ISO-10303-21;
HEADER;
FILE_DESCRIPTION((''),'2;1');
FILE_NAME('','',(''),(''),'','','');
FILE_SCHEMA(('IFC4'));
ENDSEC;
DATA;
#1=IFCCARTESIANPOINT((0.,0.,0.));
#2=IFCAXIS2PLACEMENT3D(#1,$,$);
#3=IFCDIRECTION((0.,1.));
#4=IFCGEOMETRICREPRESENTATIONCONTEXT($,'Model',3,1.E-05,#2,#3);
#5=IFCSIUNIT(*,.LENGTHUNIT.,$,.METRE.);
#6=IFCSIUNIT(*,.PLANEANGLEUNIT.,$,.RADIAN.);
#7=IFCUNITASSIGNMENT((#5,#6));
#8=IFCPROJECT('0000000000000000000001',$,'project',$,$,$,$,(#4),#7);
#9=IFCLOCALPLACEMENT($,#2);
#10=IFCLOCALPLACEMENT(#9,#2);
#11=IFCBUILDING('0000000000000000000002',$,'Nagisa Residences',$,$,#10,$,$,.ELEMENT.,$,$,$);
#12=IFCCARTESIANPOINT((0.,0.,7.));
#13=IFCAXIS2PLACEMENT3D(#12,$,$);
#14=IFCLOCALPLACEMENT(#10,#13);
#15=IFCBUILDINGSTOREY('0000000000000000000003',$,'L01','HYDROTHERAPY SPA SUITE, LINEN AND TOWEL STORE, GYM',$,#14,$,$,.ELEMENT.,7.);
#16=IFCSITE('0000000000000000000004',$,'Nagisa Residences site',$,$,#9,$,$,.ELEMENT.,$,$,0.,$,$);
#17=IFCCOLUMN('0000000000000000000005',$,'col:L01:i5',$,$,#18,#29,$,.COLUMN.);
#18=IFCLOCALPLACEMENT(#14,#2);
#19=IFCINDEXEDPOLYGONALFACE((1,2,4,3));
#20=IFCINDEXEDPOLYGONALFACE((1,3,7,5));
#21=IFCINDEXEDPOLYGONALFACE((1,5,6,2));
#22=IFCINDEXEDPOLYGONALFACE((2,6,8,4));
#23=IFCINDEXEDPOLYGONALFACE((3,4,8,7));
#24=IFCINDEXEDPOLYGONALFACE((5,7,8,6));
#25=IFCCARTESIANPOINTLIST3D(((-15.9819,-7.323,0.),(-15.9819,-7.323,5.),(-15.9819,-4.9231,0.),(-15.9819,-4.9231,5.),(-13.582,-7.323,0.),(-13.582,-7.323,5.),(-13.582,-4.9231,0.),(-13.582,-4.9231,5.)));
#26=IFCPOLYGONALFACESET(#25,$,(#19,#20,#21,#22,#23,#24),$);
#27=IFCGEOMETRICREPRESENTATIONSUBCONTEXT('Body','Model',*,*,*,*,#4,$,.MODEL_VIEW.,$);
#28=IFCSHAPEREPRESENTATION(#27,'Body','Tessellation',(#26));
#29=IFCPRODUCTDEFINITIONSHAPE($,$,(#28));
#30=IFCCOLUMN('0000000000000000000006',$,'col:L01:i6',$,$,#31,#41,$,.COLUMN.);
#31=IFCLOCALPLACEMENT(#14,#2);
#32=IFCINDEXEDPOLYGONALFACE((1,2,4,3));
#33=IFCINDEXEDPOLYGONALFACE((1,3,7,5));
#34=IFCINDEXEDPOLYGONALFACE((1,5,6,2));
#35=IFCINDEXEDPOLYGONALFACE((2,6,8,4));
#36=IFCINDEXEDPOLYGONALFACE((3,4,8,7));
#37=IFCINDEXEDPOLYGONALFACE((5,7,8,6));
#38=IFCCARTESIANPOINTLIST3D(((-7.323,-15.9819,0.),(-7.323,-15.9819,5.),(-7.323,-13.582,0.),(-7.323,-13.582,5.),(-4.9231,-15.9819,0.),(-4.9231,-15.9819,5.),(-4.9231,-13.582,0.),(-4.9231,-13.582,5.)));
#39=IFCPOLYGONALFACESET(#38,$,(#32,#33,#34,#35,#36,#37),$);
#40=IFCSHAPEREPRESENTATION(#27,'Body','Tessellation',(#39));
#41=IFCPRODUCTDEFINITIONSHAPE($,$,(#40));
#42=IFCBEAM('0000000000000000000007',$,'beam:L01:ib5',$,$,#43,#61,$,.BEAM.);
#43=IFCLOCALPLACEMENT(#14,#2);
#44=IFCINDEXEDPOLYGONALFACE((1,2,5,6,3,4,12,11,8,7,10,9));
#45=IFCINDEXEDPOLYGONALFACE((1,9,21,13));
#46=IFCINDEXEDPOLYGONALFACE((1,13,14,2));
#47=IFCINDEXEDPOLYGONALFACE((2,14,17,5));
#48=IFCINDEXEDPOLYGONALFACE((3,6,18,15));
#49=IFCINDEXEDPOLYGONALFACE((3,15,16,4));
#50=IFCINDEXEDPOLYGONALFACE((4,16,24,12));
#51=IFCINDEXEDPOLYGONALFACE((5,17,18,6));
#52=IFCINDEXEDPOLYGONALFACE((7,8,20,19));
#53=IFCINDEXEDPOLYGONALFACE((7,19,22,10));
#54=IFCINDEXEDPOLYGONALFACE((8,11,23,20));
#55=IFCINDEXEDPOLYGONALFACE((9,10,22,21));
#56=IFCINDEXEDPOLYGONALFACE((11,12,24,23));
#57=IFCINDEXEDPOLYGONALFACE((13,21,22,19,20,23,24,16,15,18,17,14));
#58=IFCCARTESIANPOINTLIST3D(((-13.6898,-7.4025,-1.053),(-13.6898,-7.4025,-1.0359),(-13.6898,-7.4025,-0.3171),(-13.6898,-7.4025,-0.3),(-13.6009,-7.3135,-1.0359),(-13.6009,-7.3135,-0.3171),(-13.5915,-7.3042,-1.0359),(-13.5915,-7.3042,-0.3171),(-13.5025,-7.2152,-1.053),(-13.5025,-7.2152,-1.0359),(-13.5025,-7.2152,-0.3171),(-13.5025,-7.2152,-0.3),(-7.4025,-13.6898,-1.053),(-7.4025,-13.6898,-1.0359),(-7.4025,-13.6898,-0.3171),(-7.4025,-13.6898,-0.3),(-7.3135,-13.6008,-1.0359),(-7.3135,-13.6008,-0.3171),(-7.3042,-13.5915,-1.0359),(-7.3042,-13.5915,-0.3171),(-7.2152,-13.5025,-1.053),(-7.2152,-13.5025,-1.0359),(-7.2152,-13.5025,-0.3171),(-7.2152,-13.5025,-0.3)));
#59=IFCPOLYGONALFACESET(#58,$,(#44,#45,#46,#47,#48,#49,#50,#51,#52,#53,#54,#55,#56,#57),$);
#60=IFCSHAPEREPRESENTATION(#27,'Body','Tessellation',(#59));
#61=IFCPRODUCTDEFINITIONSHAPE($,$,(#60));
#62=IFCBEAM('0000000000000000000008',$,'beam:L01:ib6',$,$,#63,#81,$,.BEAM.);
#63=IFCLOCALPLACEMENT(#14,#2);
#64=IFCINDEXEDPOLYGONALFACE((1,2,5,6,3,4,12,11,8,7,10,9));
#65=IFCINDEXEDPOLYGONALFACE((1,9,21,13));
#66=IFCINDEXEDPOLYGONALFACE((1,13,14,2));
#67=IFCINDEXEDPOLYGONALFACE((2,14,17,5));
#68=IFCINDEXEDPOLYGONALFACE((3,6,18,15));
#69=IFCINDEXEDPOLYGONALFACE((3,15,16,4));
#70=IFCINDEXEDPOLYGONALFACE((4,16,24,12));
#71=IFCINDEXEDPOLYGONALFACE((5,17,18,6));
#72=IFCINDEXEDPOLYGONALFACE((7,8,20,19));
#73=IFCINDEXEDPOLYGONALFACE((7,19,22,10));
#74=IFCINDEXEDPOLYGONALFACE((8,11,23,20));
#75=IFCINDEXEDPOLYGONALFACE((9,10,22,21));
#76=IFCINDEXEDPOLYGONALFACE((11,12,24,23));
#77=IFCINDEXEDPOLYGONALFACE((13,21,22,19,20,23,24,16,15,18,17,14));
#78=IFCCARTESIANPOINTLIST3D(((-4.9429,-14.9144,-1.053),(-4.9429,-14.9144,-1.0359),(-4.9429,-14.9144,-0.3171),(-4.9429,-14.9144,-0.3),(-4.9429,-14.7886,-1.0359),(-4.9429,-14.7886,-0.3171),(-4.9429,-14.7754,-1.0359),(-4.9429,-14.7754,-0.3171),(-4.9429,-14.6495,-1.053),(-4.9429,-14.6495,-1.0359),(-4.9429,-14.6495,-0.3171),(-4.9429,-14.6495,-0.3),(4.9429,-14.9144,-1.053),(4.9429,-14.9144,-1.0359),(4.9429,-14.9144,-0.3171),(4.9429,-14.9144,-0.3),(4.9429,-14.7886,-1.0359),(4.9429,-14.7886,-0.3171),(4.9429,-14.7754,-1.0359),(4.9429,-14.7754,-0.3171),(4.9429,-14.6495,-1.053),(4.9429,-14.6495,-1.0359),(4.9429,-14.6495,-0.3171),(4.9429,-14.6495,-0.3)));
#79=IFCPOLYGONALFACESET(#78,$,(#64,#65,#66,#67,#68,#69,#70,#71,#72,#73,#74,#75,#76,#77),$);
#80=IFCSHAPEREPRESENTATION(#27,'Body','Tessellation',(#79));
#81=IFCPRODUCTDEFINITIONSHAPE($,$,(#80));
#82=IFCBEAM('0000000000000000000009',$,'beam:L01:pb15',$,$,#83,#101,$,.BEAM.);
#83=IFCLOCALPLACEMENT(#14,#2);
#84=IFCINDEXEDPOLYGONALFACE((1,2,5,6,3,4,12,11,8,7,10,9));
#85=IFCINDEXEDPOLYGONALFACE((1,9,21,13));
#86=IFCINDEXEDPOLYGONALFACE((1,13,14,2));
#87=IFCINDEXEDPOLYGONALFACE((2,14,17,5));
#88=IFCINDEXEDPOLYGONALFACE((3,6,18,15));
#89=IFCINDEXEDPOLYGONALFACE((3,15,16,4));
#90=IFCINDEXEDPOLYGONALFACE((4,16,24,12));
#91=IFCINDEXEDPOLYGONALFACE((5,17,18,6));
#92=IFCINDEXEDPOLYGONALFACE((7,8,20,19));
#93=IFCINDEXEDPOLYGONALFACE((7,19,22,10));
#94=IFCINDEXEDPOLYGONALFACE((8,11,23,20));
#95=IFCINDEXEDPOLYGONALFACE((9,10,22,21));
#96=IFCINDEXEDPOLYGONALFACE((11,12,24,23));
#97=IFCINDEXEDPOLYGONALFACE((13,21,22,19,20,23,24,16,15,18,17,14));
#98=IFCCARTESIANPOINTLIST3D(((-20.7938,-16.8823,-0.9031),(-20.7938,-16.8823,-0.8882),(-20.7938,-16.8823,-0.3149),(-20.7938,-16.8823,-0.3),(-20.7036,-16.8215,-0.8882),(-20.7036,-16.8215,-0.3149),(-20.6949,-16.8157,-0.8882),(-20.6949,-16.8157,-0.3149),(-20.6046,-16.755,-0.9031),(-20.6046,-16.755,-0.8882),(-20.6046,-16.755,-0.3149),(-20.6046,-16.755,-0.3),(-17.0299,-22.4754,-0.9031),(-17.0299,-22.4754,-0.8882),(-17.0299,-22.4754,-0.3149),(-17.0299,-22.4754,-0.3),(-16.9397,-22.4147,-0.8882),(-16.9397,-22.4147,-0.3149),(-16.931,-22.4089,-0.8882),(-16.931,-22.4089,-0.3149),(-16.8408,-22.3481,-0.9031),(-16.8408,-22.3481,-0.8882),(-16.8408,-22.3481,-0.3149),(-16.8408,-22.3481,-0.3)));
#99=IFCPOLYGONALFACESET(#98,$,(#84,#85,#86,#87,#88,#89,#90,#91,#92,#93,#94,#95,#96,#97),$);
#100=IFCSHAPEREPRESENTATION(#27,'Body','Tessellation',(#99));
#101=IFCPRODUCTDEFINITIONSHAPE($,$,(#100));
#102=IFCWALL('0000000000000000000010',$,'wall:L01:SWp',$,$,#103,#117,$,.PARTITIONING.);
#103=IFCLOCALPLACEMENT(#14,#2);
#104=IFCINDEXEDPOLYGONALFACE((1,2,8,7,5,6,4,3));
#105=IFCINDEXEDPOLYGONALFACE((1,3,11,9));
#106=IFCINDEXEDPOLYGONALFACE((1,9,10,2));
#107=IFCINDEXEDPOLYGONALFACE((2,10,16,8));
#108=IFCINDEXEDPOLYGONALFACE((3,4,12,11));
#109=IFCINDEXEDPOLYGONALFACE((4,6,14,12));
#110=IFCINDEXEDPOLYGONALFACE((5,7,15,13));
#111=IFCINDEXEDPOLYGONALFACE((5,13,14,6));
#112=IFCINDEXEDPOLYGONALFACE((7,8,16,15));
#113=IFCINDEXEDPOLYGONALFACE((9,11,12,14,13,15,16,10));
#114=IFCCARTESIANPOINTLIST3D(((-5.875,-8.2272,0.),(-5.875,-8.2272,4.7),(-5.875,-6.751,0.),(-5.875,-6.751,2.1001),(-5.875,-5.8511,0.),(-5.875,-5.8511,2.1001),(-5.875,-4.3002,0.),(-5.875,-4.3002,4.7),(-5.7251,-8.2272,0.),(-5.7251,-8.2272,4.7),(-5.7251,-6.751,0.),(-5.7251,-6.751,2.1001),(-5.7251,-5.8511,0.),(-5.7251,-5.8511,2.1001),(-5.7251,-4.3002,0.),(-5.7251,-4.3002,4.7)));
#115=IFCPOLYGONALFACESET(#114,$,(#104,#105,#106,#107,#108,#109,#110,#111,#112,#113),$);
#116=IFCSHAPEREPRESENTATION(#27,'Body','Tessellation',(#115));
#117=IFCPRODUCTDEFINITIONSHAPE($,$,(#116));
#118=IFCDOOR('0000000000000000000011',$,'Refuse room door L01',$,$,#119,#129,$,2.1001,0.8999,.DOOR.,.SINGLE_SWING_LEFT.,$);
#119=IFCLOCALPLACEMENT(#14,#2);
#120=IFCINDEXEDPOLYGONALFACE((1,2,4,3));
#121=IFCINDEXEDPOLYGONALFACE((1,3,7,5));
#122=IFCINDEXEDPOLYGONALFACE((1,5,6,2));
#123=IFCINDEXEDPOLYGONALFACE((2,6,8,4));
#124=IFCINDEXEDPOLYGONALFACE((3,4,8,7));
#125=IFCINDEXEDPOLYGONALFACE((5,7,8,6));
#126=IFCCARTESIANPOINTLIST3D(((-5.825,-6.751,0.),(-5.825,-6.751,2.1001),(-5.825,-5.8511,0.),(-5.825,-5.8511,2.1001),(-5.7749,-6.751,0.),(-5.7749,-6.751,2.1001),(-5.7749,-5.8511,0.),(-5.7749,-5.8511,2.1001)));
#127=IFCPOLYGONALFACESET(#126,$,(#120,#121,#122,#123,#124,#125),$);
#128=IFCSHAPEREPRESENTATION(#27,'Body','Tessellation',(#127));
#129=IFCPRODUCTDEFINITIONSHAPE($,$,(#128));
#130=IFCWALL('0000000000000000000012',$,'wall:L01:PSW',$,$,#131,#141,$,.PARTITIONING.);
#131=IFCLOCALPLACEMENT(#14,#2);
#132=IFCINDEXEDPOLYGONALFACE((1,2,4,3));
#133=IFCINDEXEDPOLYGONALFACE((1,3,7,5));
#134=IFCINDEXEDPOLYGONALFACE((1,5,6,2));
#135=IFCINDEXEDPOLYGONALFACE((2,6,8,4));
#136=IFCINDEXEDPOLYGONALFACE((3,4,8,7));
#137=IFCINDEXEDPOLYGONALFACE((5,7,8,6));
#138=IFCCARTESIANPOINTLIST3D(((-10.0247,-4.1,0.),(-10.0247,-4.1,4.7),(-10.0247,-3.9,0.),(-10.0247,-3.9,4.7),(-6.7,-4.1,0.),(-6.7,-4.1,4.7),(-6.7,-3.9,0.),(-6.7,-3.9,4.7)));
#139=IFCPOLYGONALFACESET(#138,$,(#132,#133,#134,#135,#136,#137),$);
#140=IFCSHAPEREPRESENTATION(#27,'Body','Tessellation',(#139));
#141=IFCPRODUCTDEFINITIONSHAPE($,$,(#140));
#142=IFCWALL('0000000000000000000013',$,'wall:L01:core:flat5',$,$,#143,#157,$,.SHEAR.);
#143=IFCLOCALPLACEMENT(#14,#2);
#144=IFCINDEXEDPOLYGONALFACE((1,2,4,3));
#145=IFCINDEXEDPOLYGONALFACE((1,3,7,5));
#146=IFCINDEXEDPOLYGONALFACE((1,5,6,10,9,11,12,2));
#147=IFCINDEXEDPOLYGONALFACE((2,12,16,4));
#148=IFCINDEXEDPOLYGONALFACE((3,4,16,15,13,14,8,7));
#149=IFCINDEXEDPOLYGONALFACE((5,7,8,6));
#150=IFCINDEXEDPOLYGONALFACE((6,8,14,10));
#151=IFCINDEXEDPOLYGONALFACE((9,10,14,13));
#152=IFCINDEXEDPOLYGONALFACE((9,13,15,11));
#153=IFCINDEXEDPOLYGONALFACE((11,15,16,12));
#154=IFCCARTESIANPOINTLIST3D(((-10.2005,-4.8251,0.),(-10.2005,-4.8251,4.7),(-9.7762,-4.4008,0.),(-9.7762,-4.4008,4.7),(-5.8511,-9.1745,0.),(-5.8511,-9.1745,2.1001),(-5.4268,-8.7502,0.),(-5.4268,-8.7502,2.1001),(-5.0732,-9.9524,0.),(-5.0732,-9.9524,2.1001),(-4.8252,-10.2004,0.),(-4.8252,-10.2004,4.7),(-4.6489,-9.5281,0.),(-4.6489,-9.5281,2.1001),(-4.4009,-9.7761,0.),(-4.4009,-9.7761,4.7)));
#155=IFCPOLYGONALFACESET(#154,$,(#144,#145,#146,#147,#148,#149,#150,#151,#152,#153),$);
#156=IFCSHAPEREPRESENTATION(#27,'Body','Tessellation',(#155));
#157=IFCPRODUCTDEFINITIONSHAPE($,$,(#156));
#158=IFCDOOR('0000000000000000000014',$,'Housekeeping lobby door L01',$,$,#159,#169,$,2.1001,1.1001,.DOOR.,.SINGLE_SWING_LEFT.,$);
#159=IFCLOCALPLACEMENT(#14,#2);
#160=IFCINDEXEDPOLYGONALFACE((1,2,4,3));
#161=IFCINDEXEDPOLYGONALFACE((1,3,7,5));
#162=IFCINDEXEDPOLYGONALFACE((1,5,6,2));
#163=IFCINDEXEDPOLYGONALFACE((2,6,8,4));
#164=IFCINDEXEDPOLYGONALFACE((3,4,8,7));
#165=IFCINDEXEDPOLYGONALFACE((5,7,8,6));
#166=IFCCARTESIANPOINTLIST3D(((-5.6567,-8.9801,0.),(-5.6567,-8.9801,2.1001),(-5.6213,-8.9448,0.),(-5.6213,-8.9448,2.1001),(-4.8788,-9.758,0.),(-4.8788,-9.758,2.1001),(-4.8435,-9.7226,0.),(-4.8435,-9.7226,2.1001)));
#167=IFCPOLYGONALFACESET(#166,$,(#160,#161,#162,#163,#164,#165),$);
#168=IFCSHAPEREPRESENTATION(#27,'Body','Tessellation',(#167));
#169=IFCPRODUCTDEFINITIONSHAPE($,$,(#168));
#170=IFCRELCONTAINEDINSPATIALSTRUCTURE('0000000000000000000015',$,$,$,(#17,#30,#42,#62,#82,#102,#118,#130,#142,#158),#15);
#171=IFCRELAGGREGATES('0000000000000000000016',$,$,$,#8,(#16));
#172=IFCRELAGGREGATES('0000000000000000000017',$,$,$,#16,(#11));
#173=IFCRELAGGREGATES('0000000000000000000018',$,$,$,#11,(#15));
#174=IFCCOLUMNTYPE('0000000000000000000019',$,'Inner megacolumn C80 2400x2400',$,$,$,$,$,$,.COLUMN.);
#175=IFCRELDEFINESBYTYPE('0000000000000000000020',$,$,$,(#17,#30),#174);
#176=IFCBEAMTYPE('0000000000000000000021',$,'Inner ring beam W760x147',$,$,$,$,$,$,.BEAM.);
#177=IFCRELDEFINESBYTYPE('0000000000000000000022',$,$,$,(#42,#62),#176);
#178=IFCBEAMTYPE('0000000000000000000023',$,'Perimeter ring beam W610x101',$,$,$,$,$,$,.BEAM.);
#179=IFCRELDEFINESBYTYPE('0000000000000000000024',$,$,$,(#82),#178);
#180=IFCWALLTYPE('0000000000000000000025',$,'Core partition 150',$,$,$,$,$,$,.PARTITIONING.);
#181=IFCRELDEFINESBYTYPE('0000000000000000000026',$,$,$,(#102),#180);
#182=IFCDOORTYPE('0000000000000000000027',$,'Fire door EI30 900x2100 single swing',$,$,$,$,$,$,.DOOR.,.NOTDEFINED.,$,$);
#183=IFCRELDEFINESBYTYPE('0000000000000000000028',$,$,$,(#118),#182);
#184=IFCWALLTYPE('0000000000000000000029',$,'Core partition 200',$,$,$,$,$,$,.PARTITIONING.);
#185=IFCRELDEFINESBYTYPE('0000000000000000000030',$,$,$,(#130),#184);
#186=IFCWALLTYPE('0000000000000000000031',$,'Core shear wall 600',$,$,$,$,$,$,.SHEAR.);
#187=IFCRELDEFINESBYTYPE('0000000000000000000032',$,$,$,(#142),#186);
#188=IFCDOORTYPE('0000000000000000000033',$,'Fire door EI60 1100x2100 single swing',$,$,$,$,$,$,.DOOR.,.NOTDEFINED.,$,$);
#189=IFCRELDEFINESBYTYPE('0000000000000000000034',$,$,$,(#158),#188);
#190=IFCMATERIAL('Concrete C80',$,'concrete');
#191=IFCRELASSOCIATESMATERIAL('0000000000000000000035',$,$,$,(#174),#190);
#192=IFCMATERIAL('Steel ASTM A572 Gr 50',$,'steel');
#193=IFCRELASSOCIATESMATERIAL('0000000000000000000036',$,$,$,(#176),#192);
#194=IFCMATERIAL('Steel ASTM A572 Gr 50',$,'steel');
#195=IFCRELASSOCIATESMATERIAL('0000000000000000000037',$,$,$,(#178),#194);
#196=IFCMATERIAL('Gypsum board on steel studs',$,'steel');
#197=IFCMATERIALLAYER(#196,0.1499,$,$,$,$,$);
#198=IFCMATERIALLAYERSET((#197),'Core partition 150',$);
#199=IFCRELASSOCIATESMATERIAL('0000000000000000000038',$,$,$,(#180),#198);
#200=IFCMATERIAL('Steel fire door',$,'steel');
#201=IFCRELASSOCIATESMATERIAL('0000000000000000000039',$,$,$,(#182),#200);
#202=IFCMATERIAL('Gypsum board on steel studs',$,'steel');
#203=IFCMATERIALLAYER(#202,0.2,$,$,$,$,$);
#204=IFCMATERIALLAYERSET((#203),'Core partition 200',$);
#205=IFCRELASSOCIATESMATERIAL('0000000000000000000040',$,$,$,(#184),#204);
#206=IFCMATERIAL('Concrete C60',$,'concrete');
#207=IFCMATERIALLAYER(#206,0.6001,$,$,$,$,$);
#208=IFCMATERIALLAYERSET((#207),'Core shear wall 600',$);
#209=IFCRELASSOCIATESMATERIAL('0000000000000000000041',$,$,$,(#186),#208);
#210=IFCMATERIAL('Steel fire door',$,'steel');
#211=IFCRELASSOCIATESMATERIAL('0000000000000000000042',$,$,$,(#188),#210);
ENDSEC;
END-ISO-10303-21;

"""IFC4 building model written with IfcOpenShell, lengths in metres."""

from ifc_helpers import new_model, si_unit, direction, frame, frame_2d, origin, origin_2d, place, context, subcontext, project, spatial, rectangle, i_section, extrude, material, layer, layer_set, material_profile, profile_set, type_object, element, fill, save


model = new_model("IFC4")

# Units and contexts
model_context = context("Model", 3, precision=1e-05, world=origin(), true_north=direction((0.0, 1.0)))
body_context = subcontext(model_context, "Body", "Model", "MODEL_VIEW")
ifc_project = project(units=[si_unit("LENGTHUNIT", "METRE"), si_unit("PLANEANGLEUNIT", "RADIAN")], contexts=[model_context])

# Site, building, storey
site_placement = place(None, origin())
site = spatial("IfcSite", under=ifc_project, at=site_placement, Name="Nagisa Residences site", CompositionType="ELEMENT", RefElevation=0.0)
building_placement = place(site_placement, origin())
building = spatial("IfcBuilding", under=site, at=building_placement, Name="Nagisa Residences", CompositionType="ELEMENT")
storey_placement = place(building_placement, frame((0.0, 0.0, 7.0)))
storey = spatial("IfcBuildingStorey", under=building, at=storey_placement, Name="L01", Description="HYDROTHERAPY SPA SUITE, LINEN AND TOWEL STORE, GYM", CompositionType="ELEMENT", Elevation=7.0)

# Columns
ifc_material_1 = material(Name="Concrete C80", Category="concrete")
ifc_material_profile_1 = material_profile(ifc_material_1, rectangle(XDim=2.3999, YDim=2.3999, at=origin_2d()), Name="C80 2400x2400")
ifc_profile_set_1 = profile_set([ifc_material_profile_1], Name="Concrete C80")
column_type = type_object("IfcColumnType", Name="Inner megacolumn C80 2400x2400", PredefinedType="COLUMN", material=ifc_profile_set_1)
for number, where, z_axis, x_axis, name in (
    (1, (-14.782, -6.123, 0.0), (0.0, 0.0, 1.0), (1.0, 0.0, 0.0), "col:L01:i5"),
    (2, (-6.123, -14.782, 0.0), (0.0, 0.0, 1.0), (1.0, 0.0, 0.0), "col:L01:i6"),
):
    element("IfcColumn", number, at=place(storey_placement, frame(where, z_axis=z_axis, x_axis=x_axis)), inside=storey, type_object=column_type, Name=name, PredefinedType="COLUMN", context=body_context, shape_type="SweptSolid", body=[
        extrude(rectangle(XDim=2.3999, YDim=2.3999, at=origin_2d()), origin(), (0.0, 0.0, 1.0), 5.0),
    ])

# Beams
ifc_material_2 = material(Name="Steel ASTM A572 Gr 50", Category="steel")
ifc_material_profile_2 = material_profile(ifc_material_2, i_section(OverallWidth=0.2649, OverallDepth=0.7529, WebThickness=0.0132, FlangeThickness=0.0171, at=origin_2d()), Name="W760x147")
ifc_profile_set_2 = profile_set([ifc_material_profile_2], Name="Steel ASTM A572 Gr 50")
beam_type_1 = type_object("IfcBeamType", Name="Inner ring beam W760x147", PredefinedType="BEAM", material=ifc_profile_set_2)
beam_1_placement = place(storey_placement, frame((-13.5962, -7.3088, -0.6765), z_axis=(0.707107, -0.707107, 0.0), x_axis=(0.707107, 0.707107, 0.0)))
element("IfcBeam", 3, at=beam_1_placement, inside=storey, type_object=beam_type_1, Name="beam:L01:ib5", PredefinedType="BEAM", context=body_context, shape_type="SweptSolid", body=[
    extrude(i_section(OverallWidth=0.2649, OverallDepth=0.7529, WebThickness=0.0132, FlangeThickness=0.0171, at=origin_2d()), origin(), (0.0, 0.0, 1.0), 8.8916),
])
beam_2_placement = place(storey_placement, frame((-4.9429, -14.782, -0.6765), z_axis=(1.0, 0.0, 0.0), x_axis=(0.0, 1.0, 0.0)))
element("IfcBeam", 4, at=beam_2_placement, inside=storey, type_object=beam_type_1, Name="beam:L01:ib6", PredefinedType="BEAM", context=body_context, shape_type="SweptSolid", body=[
    extrude(i_section(OverallWidth=0.2649, OverallDepth=0.7529, WebThickness=0.0132, FlangeThickness=0.0171, at=origin_2d()), origin(), (0.0, 0.0, 1.0), 9.8857),
])
ifc_material_3 = material(Name="Steel ASTM A572 Gr 50", Category="steel")
ifc_material_profile_3 = material_profile(ifc_material_3, i_section(OverallWidth=0.228, OverallDepth=0.603, WebThickness=0.0105, FlangeThickness=0.0149, at=origin_2d()), Name="W610x101")
ifc_profile_set_3 = profile_set([ifc_material_profile_3], Name="Steel ASTM A572 Gr 50")
beam_type_2 = type_object("IfcBeamType", Name="Perimeter ring beam W610x101", PredefinedType="BEAM", material=ifc_profile_set_3)
beam_3_placement = place(storey_placement, frame((-20.6992, -16.8186, -0.6016), z_axis=(0.558297, -0.829641, 0.0), x_axis=(0.829641, 0.558297, 0.0)))
element("IfcBeam", 5, at=beam_3_placement, inside=storey, type_object=beam_type_2, Name="beam:L01:pb15", PredefinedType="BEAM", context=body_context, shape_type="SweptSolid", body=[
    extrude(i_section(OverallWidth=0.228, OverallDepth=0.603, WebThickness=0.0105, FlangeThickness=0.0149, at=origin_2d()), origin(), (0.0, 0.0, 1.0), 6.7417),
])

# Wall, opening, door
ifc_material_4 = material(Name="Gypsum board on steel studs", Category="steel")
ifc_layer_1 = layer(ifc_material_4, 0.1499)
ifc_layer_set_1 = layer_set([ifc_layer_1], Name="Core partition 150")
wall_type_1 = type_object("IfcWallType", Name="Core partition 150", PredefinedType="PARTITIONING", material=ifc_layer_set_1)
wall_1_placement = place(storey_placement, frame((-5.8, -8.2271, 0.0), z_axis=(0.0, 0.0, 1.0), x_axis=(0.0, 1.0, 0.0)))
wall_1 = element("IfcWall", 6, at=wall_1_placement, inside=storey, type_object=wall_type_1, Name="wall:L01:SWp", PredefinedType="PARTITIONING", context=body_context, shape_type="SweptSolid", body=[
    extrude(rectangle(XDim=3.927, YDim=0.1499, at=frame_2d((1.9634, 0.0))), origin(), (0.0, 0.0, 1.0), 4.7),
])
opening_1_placement = place(wall_1_placement, frame((1.4761, 0.0, 0.0)))
opening_1 = element("IfcOpeningElement", 7, at=opening_1_placement, cuts=wall_1, PredefinedType="OPENING", context=body_context, shape_type="SweptSolid", body=[
    extrude(rectangle(XDim=0.8999, YDim=2.1001, at=frame_2d((0.45, 1.05))), frame((0.0, 0.085, 0.0), z_axis=(0.0, -1.0, 0.0), x_axis=(1.0, 0.0, 0.0)), (0.0, 0.0, 1.0), 0.1699),
])
ifc_material_5 = material(Name="Steel fire door", Category="steel")
door_type_1 = type_object("IfcDoorType", Name="Fire door EI30 900x2100 single swing", OperationType="NOTDEFINED", PredefinedType="DOOR", material=ifc_material_5)
door_1_placement = place(opening_1_placement, origin())
door_1 = element("IfcDoor", 8, at=door_1_placement, inside=storey, type_object=door_type_1, Name="Refuse room door L01", OperationType="SINGLE_SWING_LEFT", OverallHeight=2.1001, OverallWidth=0.8999, PredefinedType="DOOR", context=body_context, shape_type="SweptSolid", body=[
    extrude(rectangle(XDim=0.8999, YDim=2.1001, at=frame_2d((0.45, 1.05))), frame((0.0, 0.0249, 0.0), z_axis=(0.0, -1.0, 0.0), x_axis=(1.0, 0.0, 0.0)), (0.0, 0.0, 1.0), 0.05),
])
fill(opening_1, door_1)

# Wall
ifc_material_6 = material(Name="Gypsum board on steel studs", Category="steel")
ifc_layer_2 = layer(ifc_material_6, 0.2)
ifc_layer_set_2 = layer_set([ifc_layer_2], Name="Core partition 200")
wall_type_2 = type_object("IfcWallType", Name="Core partition 200", PredefinedType="PARTITIONING", material=ifc_layer_set_2)
wall_2_placement = place(storey_placement, frame((-10.0247, -4.0, 0.0), z_axis=(0.0, 0.0, 1.0), x_axis=(1.0, 0.0, 0.0)))
element("IfcWall", 9, at=wall_2_placement, inside=storey, type_object=wall_type_2, Name="wall:L01:PSW", PredefinedType="PARTITIONING", context=body_context, shape_type="SweptSolid", body=[
    extrude(rectangle(XDim=3.3247, YDim=0.2, at=frame_2d((1.6624, 0.0))), origin(), (0.0, 0.0, 1.0), 4.7),
])

# Wall, opening, door
ifc_material_7 = material(Name="Concrete C60", Category="concrete")
ifc_layer_3 = layer(ifc_material_7, 0.6001)
ifc_layer_set_3 = layer_set([ifc_layer_3], Name="Core shear wall 600")
wall_type_3 = type_object("IfcWallType", Name="Core shear wall 600", PredefinedType="SHEAR", material=ifc_layer_set_3)
wall_3_placement = place(storey_placement, frame((-9.9883, -4.613, 0.0), z_axis=(0.0, 0.0, 1.0), x_axis=(0.707107, -0.707107, 0.0)))
wall_3 = element("IfcWall", 10, at=wall_3_placement, inside=storey, type_object=wall_type_3, Name="wall:L01:core:flat5", PredefinedType="SHEAR", context=body_context, shape_type="SweptSolid", body=[
    extrude(rectangle(XDim=7.6018, YDim=0.6001, at=frame_2d((3.8008, 0.0))), origin(), (0.0, 0.0, 1.0), 4.7),
])
opening_2_placement = place(wall_3_placement, frame((6.1509, 0.0, 0.0)))
opening_2 = element("IfcOpeningElement", 11, at=opening_2_placement, cuts=wall_3, PredefinedType="OPENING", context=body_context, shape_type="SweptSolid", body=[
    extrude(rectangle(XDim=1.1001, YDim=2.1001, at=frame_2d((0.55, 1.05))), frame((0.0, 0.3101, 0.0), z_axis=(0.0, -1.0, 0.0), x_axis=(1.0, 0.0, 0.0)), (0.0, 0.0, 1.0), 0.6201),
])
ifc_material_8 = material(Name="Steel fire door", Category="steel")
door_type_2 = type_object("IfcDoorType", Name="Fire door EI60 1100x2100 single swing", OperationType="NOTDEFINED", PredefinedType="DOOR", material=ifc_material_8)
door_2_placement = place(opening_2_placement, origin())
door_2 = element("IfcDoor", 12, at=door_2_placement, inside=storey, type_object=door_type_2, Name="Housekeeping lobby door L01", OperationType="SINGLE_SWING_LEFT", OverallHeight=2.1001, OverallWidth=1.1001, PredefinedType="DOOR", context=body_context, shape_type="SweptSolid", body=[
    extrude(rectangle(XDim=1.1001, YDim=2.1001, at=frame_2d((0.55, 1.05))), frame((0.0, 0.0249, 0.0), z_axis=(0.0, -1.0, 0.0), x_axis=(1.0, 0.0, 0.0)), (0.0, 0.0, 1.0), 0.05),
])
fill(opening_2, door_2)

save(model, "model.ifc")
